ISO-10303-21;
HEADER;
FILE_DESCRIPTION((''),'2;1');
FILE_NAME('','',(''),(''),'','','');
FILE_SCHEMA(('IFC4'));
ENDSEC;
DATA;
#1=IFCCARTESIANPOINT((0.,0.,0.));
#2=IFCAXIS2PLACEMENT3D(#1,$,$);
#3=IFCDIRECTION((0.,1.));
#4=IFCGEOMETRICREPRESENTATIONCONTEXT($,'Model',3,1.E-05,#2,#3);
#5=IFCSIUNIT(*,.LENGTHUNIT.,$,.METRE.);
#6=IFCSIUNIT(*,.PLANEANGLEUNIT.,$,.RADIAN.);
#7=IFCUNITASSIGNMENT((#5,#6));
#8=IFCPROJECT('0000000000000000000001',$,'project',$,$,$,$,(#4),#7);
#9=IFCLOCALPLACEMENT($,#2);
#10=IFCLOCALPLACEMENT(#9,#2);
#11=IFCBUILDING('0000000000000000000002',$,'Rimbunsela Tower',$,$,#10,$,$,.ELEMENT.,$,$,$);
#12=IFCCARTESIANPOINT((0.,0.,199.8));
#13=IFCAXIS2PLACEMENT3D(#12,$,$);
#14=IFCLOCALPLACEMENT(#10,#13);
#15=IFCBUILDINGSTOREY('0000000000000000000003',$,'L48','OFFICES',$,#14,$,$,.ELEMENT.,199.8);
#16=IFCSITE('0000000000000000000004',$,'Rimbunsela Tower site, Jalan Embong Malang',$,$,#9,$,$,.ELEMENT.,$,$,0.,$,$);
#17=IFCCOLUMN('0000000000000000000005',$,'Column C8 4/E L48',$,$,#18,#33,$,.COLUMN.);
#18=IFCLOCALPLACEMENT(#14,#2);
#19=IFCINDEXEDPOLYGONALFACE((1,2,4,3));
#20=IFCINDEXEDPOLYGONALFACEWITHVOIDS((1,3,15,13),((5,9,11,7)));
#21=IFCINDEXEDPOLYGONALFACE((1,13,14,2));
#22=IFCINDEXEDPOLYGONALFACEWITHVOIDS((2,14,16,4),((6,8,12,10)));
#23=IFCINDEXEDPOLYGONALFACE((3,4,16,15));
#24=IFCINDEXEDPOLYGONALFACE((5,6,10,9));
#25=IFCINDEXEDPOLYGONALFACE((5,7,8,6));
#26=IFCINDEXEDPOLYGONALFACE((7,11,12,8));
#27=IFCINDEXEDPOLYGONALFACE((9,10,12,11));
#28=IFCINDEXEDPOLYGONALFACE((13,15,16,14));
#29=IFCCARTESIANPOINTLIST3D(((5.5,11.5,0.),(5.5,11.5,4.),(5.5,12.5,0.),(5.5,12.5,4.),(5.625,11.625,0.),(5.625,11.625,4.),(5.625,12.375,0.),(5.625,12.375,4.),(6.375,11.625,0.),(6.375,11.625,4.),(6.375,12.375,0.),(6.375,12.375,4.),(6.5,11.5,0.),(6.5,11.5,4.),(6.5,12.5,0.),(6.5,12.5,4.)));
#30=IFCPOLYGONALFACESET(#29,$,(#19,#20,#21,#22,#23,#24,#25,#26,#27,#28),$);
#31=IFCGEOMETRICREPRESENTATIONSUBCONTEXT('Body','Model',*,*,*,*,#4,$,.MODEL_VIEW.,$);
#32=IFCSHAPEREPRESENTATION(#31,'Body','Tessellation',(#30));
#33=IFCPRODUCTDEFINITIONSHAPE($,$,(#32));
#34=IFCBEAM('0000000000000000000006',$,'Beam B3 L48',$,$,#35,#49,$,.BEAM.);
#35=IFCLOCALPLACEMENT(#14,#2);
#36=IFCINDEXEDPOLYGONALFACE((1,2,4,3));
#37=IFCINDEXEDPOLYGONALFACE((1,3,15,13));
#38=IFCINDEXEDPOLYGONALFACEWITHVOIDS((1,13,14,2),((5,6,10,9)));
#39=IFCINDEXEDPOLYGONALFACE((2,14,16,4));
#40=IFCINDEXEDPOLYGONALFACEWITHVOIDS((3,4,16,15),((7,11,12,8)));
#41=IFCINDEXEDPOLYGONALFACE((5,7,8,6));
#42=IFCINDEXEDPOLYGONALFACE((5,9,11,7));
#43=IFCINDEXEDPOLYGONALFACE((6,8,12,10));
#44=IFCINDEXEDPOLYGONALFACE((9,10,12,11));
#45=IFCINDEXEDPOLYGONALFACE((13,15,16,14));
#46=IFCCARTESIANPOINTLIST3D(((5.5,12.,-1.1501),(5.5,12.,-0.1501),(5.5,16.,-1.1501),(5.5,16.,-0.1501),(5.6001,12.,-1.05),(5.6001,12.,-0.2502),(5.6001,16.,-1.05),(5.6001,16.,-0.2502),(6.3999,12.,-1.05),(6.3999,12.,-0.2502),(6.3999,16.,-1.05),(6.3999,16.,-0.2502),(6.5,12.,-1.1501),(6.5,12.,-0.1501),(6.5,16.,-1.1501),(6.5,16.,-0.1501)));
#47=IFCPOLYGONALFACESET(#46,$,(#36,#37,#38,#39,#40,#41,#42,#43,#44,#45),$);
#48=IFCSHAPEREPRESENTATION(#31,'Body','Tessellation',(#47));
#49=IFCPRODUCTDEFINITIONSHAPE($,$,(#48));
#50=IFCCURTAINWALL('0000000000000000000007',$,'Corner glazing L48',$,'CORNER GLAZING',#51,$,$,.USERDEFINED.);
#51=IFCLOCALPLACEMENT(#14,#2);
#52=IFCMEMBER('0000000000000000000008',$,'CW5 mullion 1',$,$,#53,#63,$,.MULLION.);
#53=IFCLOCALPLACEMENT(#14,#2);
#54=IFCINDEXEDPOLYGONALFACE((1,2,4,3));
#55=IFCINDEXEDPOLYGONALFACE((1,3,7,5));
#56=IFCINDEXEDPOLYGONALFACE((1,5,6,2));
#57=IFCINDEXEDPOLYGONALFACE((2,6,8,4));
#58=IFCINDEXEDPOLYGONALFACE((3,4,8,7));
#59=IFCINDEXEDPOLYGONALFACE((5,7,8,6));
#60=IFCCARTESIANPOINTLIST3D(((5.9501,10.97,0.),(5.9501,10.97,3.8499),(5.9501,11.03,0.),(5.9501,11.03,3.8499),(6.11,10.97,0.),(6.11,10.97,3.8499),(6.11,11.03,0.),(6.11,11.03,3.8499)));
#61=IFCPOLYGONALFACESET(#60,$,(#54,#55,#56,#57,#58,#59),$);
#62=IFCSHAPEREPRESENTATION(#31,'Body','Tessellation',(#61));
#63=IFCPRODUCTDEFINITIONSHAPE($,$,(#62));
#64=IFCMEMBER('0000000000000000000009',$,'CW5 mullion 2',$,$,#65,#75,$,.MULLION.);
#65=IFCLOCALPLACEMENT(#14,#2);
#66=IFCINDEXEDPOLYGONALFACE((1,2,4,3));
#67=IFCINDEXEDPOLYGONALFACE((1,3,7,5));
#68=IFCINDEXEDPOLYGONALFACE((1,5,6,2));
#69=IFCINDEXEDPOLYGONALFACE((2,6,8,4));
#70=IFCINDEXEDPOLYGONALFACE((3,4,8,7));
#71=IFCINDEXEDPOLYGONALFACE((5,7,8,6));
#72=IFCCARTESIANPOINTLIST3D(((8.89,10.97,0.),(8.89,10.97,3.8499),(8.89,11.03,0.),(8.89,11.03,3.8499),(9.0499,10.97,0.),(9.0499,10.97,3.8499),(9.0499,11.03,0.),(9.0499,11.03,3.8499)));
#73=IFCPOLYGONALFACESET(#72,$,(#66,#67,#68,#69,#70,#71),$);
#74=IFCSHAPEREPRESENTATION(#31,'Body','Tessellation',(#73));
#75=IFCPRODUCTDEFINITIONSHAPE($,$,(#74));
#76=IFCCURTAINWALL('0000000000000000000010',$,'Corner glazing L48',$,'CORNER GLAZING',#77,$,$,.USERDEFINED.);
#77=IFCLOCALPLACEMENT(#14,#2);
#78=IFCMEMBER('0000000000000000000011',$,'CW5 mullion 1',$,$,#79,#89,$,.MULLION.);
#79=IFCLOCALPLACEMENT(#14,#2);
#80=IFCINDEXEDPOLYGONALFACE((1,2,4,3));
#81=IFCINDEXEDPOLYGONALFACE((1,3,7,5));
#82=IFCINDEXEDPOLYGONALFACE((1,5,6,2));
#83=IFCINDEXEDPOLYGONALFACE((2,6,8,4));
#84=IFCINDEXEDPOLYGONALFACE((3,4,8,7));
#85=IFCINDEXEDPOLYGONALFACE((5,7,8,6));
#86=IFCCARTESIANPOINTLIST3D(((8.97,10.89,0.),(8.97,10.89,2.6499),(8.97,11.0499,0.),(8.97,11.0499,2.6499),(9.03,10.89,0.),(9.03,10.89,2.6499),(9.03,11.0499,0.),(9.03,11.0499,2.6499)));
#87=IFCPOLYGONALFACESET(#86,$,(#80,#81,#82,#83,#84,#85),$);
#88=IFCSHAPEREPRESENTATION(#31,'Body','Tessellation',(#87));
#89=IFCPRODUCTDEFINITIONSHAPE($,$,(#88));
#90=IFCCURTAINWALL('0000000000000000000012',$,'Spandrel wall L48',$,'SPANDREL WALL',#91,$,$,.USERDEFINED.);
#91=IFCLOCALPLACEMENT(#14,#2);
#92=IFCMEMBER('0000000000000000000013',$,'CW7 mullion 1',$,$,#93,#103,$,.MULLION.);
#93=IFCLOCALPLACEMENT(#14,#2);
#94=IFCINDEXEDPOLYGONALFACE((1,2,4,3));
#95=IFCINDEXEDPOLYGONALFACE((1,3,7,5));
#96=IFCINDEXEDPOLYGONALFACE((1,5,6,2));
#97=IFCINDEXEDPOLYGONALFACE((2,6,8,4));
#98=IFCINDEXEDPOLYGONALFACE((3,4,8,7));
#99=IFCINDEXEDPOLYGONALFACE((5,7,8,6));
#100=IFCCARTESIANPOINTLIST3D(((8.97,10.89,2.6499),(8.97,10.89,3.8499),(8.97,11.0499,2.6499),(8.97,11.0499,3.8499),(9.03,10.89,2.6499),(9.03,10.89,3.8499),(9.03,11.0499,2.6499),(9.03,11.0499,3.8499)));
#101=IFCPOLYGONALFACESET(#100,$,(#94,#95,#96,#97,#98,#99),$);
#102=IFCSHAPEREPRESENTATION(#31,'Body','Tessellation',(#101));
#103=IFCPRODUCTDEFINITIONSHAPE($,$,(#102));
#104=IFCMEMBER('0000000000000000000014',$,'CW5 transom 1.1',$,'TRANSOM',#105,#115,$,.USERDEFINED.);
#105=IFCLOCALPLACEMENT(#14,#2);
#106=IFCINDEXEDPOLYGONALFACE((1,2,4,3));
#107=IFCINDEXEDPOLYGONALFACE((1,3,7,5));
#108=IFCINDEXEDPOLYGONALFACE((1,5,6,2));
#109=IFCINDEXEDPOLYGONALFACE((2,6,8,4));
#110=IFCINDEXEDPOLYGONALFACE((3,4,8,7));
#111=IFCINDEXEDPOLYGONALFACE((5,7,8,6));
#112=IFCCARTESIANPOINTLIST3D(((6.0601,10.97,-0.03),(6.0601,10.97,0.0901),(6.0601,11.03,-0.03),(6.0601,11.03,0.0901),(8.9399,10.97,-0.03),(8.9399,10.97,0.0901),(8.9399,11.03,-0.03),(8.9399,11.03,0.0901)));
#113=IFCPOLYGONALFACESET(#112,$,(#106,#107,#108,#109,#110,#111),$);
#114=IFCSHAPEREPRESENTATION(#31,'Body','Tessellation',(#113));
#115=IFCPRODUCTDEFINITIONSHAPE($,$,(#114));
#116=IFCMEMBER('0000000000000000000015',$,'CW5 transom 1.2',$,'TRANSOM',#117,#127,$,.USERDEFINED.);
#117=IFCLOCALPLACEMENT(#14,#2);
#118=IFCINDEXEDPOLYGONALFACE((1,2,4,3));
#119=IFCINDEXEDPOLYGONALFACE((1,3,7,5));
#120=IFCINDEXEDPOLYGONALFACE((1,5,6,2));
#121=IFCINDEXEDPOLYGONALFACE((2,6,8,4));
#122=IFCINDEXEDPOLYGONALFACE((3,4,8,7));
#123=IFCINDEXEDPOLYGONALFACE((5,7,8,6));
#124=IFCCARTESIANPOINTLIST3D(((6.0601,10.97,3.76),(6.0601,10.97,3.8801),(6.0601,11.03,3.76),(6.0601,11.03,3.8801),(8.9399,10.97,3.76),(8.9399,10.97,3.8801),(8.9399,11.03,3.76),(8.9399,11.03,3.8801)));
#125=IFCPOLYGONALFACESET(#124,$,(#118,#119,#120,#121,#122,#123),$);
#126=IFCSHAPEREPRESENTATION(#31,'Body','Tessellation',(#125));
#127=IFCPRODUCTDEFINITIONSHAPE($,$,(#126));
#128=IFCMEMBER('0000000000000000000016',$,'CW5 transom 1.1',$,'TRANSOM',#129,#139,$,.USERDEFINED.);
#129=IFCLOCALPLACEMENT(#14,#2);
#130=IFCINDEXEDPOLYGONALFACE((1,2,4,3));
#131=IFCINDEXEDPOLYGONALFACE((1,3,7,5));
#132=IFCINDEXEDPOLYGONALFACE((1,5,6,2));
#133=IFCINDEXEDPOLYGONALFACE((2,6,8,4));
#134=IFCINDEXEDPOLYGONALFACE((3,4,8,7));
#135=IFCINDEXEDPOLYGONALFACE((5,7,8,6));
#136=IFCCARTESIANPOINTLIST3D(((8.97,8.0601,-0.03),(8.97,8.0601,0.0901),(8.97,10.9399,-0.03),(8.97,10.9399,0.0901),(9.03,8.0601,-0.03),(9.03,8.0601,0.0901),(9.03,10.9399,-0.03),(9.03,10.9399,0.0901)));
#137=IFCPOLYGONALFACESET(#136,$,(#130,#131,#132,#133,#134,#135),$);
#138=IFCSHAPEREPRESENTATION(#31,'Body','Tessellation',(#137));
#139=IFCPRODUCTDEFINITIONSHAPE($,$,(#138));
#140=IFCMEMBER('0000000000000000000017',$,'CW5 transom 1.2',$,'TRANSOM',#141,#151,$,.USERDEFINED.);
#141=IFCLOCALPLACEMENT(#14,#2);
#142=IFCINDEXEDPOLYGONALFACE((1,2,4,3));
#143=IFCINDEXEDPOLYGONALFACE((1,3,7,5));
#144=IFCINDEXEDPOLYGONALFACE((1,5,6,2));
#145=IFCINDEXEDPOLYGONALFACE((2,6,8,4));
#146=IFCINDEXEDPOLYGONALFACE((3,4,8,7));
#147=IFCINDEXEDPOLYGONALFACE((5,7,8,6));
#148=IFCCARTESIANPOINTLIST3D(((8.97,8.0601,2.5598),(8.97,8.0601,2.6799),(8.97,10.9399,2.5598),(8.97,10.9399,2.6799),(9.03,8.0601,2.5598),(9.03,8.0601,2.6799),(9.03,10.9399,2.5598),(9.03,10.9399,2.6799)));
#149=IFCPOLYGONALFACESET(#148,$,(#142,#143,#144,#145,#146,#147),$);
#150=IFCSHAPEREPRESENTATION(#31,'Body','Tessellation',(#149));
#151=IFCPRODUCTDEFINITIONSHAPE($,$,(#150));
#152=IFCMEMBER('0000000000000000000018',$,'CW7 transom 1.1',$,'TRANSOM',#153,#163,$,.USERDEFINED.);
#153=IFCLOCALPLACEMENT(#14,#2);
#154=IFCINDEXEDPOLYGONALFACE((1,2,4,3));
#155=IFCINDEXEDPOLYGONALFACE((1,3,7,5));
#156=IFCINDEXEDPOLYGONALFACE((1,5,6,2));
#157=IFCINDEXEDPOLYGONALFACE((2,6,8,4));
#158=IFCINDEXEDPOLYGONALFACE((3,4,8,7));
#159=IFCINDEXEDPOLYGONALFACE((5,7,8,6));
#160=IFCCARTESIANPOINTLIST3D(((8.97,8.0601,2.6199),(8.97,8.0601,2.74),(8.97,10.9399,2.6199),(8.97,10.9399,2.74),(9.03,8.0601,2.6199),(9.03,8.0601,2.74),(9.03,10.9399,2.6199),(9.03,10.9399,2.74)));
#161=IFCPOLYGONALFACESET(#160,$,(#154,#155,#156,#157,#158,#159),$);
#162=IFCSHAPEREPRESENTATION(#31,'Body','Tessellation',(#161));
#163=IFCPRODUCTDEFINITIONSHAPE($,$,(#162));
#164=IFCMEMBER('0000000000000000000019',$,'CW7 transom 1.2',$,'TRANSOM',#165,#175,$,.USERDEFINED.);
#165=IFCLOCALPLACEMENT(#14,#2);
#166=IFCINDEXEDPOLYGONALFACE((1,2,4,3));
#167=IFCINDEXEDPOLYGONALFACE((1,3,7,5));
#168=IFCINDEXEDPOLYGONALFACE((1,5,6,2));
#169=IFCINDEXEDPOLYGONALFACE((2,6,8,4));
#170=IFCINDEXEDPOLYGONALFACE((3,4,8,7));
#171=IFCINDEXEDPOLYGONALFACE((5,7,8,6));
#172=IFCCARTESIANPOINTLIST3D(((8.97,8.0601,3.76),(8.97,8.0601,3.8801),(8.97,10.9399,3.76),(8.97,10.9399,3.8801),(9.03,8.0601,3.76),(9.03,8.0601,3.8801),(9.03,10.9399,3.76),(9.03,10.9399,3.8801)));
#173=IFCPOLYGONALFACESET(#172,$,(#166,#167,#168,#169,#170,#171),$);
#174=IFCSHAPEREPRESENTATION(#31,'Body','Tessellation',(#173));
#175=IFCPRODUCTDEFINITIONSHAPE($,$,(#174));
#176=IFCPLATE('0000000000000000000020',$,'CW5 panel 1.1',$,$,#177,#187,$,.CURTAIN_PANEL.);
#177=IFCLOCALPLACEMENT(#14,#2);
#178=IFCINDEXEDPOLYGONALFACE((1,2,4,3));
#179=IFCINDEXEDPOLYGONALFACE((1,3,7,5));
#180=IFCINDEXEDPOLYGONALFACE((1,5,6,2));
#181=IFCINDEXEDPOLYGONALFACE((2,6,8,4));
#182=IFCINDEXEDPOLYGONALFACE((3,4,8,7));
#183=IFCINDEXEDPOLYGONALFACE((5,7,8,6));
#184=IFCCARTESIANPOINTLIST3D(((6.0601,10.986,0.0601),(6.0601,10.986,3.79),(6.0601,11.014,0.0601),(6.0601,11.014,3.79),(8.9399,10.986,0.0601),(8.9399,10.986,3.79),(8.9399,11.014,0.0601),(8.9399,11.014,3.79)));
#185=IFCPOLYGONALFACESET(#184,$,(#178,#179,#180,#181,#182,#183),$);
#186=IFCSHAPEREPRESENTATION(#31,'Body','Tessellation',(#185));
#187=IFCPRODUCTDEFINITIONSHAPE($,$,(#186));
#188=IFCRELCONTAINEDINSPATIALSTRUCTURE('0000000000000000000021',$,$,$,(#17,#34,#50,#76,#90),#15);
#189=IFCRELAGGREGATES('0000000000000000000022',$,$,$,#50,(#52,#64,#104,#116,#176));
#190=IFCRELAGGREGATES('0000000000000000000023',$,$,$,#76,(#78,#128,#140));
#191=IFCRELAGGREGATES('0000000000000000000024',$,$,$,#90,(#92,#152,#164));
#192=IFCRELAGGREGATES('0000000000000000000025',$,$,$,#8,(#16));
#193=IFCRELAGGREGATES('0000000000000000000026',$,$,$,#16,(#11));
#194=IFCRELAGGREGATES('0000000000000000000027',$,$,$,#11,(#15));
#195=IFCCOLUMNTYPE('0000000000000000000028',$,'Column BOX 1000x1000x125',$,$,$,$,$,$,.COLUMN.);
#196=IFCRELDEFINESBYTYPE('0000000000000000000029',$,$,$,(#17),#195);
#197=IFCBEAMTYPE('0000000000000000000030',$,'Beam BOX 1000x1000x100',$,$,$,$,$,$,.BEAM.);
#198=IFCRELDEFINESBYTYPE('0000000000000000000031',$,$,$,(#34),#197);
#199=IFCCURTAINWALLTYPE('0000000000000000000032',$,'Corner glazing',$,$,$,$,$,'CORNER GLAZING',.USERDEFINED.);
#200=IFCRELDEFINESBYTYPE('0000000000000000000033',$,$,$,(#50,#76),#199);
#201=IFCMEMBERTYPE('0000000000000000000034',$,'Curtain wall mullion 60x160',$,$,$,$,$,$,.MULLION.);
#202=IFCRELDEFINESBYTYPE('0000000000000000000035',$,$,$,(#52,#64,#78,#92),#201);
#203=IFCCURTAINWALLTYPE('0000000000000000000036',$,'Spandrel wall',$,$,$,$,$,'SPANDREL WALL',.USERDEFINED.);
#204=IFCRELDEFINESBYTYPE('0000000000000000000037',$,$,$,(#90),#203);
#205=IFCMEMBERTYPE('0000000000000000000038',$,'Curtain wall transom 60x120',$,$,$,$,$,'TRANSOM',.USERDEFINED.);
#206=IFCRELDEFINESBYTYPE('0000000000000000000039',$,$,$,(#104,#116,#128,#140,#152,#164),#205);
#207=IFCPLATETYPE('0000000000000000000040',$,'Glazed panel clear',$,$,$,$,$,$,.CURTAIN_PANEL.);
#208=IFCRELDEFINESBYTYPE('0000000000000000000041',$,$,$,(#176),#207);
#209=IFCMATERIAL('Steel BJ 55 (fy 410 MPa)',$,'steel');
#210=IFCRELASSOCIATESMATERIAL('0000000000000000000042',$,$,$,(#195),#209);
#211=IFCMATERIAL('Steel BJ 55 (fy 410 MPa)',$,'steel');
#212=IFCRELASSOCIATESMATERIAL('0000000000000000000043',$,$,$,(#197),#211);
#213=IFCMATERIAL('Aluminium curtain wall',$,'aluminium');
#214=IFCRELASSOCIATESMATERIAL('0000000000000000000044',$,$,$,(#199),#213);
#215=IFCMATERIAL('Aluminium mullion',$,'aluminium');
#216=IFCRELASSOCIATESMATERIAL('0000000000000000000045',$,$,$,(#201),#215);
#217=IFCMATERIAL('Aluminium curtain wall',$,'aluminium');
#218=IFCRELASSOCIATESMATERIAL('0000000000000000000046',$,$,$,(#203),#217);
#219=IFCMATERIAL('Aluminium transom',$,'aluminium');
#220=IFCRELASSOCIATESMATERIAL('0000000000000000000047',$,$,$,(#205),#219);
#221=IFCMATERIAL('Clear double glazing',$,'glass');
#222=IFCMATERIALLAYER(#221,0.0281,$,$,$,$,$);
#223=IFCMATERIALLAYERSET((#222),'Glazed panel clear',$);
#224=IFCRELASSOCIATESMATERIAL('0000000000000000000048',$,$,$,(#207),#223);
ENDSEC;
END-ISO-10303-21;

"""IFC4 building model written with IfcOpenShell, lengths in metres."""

from ifc_helpers import new_model, si_unit, direction, frame, origin, origin_2d, place, context, subcontext, project, spatial, rectangle, hollow_rectangle, extrude, material, layer, layer_set, material_profile, profile_set, type_object, element, aggregate, save


model = new_model("IFC4")

# Units and contexts
model_context = context("Model", 3, precision=1e-05, world=origin(), true_north=direction((0.0, 1.0)))
body_context = subcontext(model_context, "Body", "Model", "MODEL_VIEW")
ifc_project = project(units=[si_unit("LENGTHUNIT", "METRE"), si_unit("PLANEANGLEUNIT", "RADIAN")], contexts=[model_context])

# Site, building, storey
site_placement = place(None, origin())
site = spatial("IfcSite", under=ifc_project, at=site_placement, Name="Rimbunsela Tower site, Jalan Embong Malang", CompositionType="ELEMENT", RefElevation=0.0)
building_placement = place(site_placement, origin())
building = spatial("IfcBuilding", under=site, at=building_placement, Name="Rimbunsela Tower", CompositionType="ELEMENT")
storey_placement = place(building_placement, frame((0.0, 0.0, 199.8)))
storey = spatial("IfcBuildingStorey", under=building, at=storey_placement, Name="L48", Description="OFFICES", CompositionType="ELEMENT", Elevation=199.8)

# Column
ifc_material_1 = material(Name="Steel BJ 55 (fy 410 MPa)", Category="steel")
ifc_material_profile_1 = material_profile(ifc_material_1, hollow_rectangle(XDim=1.0, YDim=1.0, WallThickness=0.125, at=origin_2d()), Name="BOX 1000x1000x125")
ifc_profile_set_1 = profile_set([ifc_material_profile_1], Name="Steel BJ 55 (fy 410 MPa)")
column_type = type_object("IfcColumnType", Name="Column BOX 1000x1000x125", PredefinedType="COLUMN", material=ifc_profile_set_1)
column_placement = place(storey_placement, frame((6.0, 12.0, 0.0), z_axis=(0.0, 0.0, 1.0), x_axis=(1.0, 0.0, 0.0)))
element("IfcColumn", 1, at=column_placement, inside=storey, type_object=column_type, Name="Column C8 4/E L48", PredefinedType="COLUMN", context=body_context, shape_type="SweptSolid", body=[
    extrude(hollow_rectangle(XDim=1.0, YDim=1.0, WallThickness=0.125, at=origin_2d()), origin(), (0.0, 0.0, 1.0), 4.0),
])

# Beam
ifc_material_2 = material(Name="Steel BJ 55 (fy 410 MPa)", Category="steel")
ifc_material_profile_2 = material_profile(ifc_material_2, hollow_rectangle(XDim=1.0, YDim=1.0, WallThickness=0.1001, at=origin_2d()), Name="BOX 1000x1000x100")
ifc_profile_set_2 = profile_set([ifc_material_profile_2], Name="Steel BJ 55 (fy 410 MPa)")
beam_type = type_object("IfcBeamType", Name="Beam BOX 1000x1000x100", PredefinedType="BEAM", material=ifc_profile_set_2)
beam_placement = place(storey_placement, frame((6.0, 12.0, -0.6501), z_axis=(0.0, 1.0, 0.0), x_axis=(-1.0, 0.0, 0.0)))
element("IfcBeam", 2, at=beam_placement, inside=storey, type_object=beam_type, Name="Beam B3 L48", PredefinedType="BEAM", context=body_context, shape_type="SweptSolid", body=[
    extrude(hollow_rectangle(XDim=1.0, YDim=1.0, WallThickness=0.1001, at=origin_2d()), origin(), (0.0, 0.0, 1.0), 4.0),
])

# Curtain wall, members
ifc_material_3 = material(Name="Aluminium curtain wall", Category="aluminium")
curtain_wall_type_1 = type_object("IfcCurtainWallType", Name="Corner glazing", ElementType="CORNER GLAZING", PredefinedType="USERDEFINED", material=ifc_material_3)
curtain_wall_1_placement = place(storey_placement, origin())
curtain_wall_1 = element("IfcCurtainWall", 3, at=curtain_wall_1_placement, inside=storey, type_object=curtain_wall_type_1, Name="Corner glazing L48", ObjectType="CORNER GLAZING", PredefinedType="USERDEFINED")
ifc_material_4 = material(Name="Aluminium mullion", Category="aluminium")
ifc_material_profile_3 = material_profile(ifc_material_4, rectangle(XDim=0.0601, YDim=0.1599, at=origin_2d()), Name="Mullion 60x160")
ifc_profile_set_3 = profile_set([ifc_material_profile_3], Name="Aluminium mullion")
member_type_1 = type_object("IfcMemberType", Name="Curtain wall mullion 60x160", PredefinedType="MULLION", material=ifc_profile_set_3)
member_1_placement = place(storey_placement, frame((6.03, 11.0, 0.0), z_axis=(0.0, 0.0, 1.0), x_axis=(0.0, 1.0, 0.0)))
member_1 = element("IfcMember", 4, at=member_1_placement, type_object=member_type_1, Name="CW5 mullion 1", PredefinedType="MULLION", context=body_context, shape_type="SweptSolid", body=[
    extrude(rectangle(XDim=0.0601, YDim=0.1599, at=origin_2d()), origin(), (0.0, 0.0, 1.0), 3.8499),
])
member_2_placement = place(storey_placement, frame((8.97, 11.0, 0.0), z_axis=(0.0, 0.0, 1.0), x_axis=(0.0, 1.0, 0.0)))
member_2 = element("IfcMember", 5, at=member_2_placement, type_object=member_type_1, Name="CW5 mullion 2", PredefinedType="MULLION", context=body_context, shape_type="SweptSolid", body=[
    extrude(rectangle(XDim=0.0601, YDim=0.1599, at=origin_2d()), origin(), (0.0, 0.0, 1.0), 3.8499),
])

# Curtain walls, members
curtain_wall_2_placement = place(storey_placement, origin())
curtain_wall_2 = element("IfcCurtainWall", 6, at=curtain_wall_2_placement, inside=storey, type_object=curtain_wall_type_1, Name="Corner glazing L48", ObjectType="CORNER GLAZING", PredefinedType="USERDEFINED")
member_3_placement = place(storey_placement, frame((9.0, 10.97, 0.0), z_axis=(0.0, 0.0, 1.0), x_axis=(1.0, 0.0, 0.0)))
member_3 = element("IfcMember", 7, at=member_3_placement, type_object=member_type_1, Name="CW5 mullion 1", PredefinedType="MULLION", context=body_context, shape_type="SweptSolid", body=[
    extrude(rectangle(XDim=0.0601, YDim=0.1599, at=origin_2d()), origin(), (0.0, 0.0, 1.0), 2.6499),
])
ifc_material_5 = material(Name="Aluminium curtain wall", Category="aluminium")
curtain_wall_type_2 = type_object("IfcCurtainWallType", Name="Spandrel wall", ElementType="SPANDREL WALL", PredefinedType="USERDEFINED", material=ifc_material_5)
curtain_wall_3_placement = place(storey_placement, origin())
curtain_wall_3 = element("IfcCurtainWall", 8, at=curtain_wall_3_placement, inside=storey, type_object=curtain_wall_type_2, Name="Spandrel wall L48", ObjectType="SPANDREL WALL", PredefinedType="USERDEFINED")
member_4_placement = place(storey_placement, frame((9.0, 10.97, 2.6499), z_axis=(0.0, 0.0, 1.0), x_axis=(1.0, 0.0, 0.0)))
member_4 = element("IfcMember", 9, at=member_4_placement, type_object=member_type_1, Name="CW7 mullion 1", PredefinedType="MULLION", context=body_context, shape_type="SweptSolid", body=[
    extrude(rectangle(XDim=0.0601, YDim=0.1599, at=origin_2d()), origin(), (0.0, 0.0, 1.0), 1.2),
])

# Members
ifc_material_6 = material(Name="Aluminium transom", Category="aluminium")
ifc_material_profile_4 = material_profile(ifc_material_6, rectangle(XDim=0.0601, YDim=0.1201, at=origin_2d()), Name="Transom 60x120")
ifc_profile_set_4 = profile_set([ifc_material_profile_4], Name="Aluminium transom")
member_type_2 = type_object("IfcMemberType", Name="Curtain wall transom 60x120", ElementType="TRANSOM", PredefinedType="USERDEFINED", material=ifc_profile_set_4)
member_5_placement = place(storey_placement, frame((6.0601, 11.0, 0.03), z_axis=(1.0, 0.0, 0.0), x_axis=(0.0, 1.0, 0.0)))
member_5 = element("IfcMember", 10, at=member_5_placement, type_object=member_type_2, Name="CW5 transom 1.1", ObjectType="TRANSOM", PredefinedType="USERDEFINED", context=body_context, shape_type="SweptSolid", body=[
    extrude(rectangle(XDim=0.0601, YDim=0.1201, at=origin_2d()), origin(), (0.0, 0.0, 1.0), 2.8799),
])
member_6_placement = place(storey_placement, frame((6.0601, 11.0, 3.8201), z_axis=(1.0, 0.0, 0.0), x_axis=(0.0, 1.0, 0.0)))
member_6 = element("IfcMember", 11, at=member_6_placement, type_object=member_type_2, Name="CW5 transom 1.2", ObjectType="TRANSOM", PredefinedType="USERDEFINED", context=body_context, shape_type="SweptSolid", body=[
    extrude(rectangle(XDim=0.0601, YDim=0.1201, at=origin_2d()), origin(), (0.0, 0.0, 1.0), 2.8799),
])
member_7_placement = place(storey_placement, frame((9.0, 10.9399, 0.03), z_axis=(0.0, -1.0, 0.0), x_axis=(1.0, 0.0, 0.0)))
member_7 = element("IfcMember", 12, at=member_7_placement, type_object=member_type_2, Name="CW5 transom 1.1", ObjectType="TRANSOM", PredefinedType="USERDEFINED", context=body_context, shape_type="SweptSolid", body=[
    extrude(rectangle(XDim=0.0601, YDim=0.1201, at=origin_2d()), origin(), (0.0, 0.0, 1.0), 2.8799),
])
member_8_placement = place(storey_placement, frame((9.0, 10.9399, 2.6199), z_axis=(0.0, -1.0, 0.0), x_axis=(1.0, 0.0, 0.0)))
member_8 = element("IfcMember", 13, at=member_8_placement, type_object=member_type_2, Name="CW5 transom 1.2", ObjectType="TRANSOM", PredefinedType="USERDEFINED", context=body_context, shape_type="SweptSolid", body=[
    extrude(rectangle(XDim=0.0601, YDim=0.1201, at=origin_2d()), origin(), (0.0, 0.0, 1.0), 2.8799),
])
member_9_placement = place(storey_placement, frame((9.0, 10.9399, 2.6799), z_axis=(0.0, -1.0, 0.0), x_axis=(1.0, 0.0, 0.0)))
member_9 = element("IfcMember", 14, at=member_9_placement, type_object=member_type_2, Name="CW7 transom 1.1", ObjectType="TRANSOM", PredefinedType="USERDEFINED", context=body_context, shape_type="SweptSolid", body=[
    extrude(rectangle(XDim=0.0601, YDim=0.1201, at=origin_2d()), origin(), (0.0, 0.0, 1.0), 2.8799),
])
member_10_placement = place(storey_placement, frame((9.0, 10.9399, 3.8201), z_axis=(0.0, -1.0, 0.0), x_axis=(1.0, 0.0, 0.0)))
member_10 = element("IfcMember", 15, at=member_10_placement, type_object=member_type_2, Name="CW7 transom 1.2", ObjectType="TRANSOM", PredefinedType="USERDEFINED", context=body_context, shape_type="SweptSolid", body=[
    extrude(rectangle(XDim=0.0601, YDim=0.1201, at=origin_2d()), origin(), (0.0, 0.0, 1.0), 2.8799),
])

# Plate
ifc_material_7 = material(Name="Clear double glazing", Category="glass")
ifc_layer_1 = layer(ifc_material_7, 0.0281)
ifc_layer_set_1 = layer_set([ifc_layer_1], Name="Glazed panel clear")
plate_type_1 = type_object("IfcPlateType", Name="Glazed panel clear", PredefinedType="CURTAIN_PANEL", material=ifc_layer_set_1)
plate_1_placement = place(storey_placement, frame((7.5, 11.0, 0.0601), z_axis=(0.0, 0.0, 1.0), x_axis=(1.0, 0.0, 0.0)))
plate_1 = element("IfcPlate", 16, at=plate_1_placement, type_object=plate_type_1, Name="CW5 panel 1.1", PredefinedType="CURTAIN_PANEL", context=body_context, shape_type="SweptSolid", body=[
    extrude(rectangle(XDim=2.8799, YDim=0.0281, at=origin_2d()), origin(), (0.0, 0.0, 1.0), 3.73),
])
aggregate(curtain_wall_1, [member_1, member_2, member_5, member_6, plate_1])
aggregate(curtain_wall_2, [member_3, member_7, member_8])
aggregate(curtain_wall_3, [member_4, member_9, member_10])

save(model, "model.ifc")
